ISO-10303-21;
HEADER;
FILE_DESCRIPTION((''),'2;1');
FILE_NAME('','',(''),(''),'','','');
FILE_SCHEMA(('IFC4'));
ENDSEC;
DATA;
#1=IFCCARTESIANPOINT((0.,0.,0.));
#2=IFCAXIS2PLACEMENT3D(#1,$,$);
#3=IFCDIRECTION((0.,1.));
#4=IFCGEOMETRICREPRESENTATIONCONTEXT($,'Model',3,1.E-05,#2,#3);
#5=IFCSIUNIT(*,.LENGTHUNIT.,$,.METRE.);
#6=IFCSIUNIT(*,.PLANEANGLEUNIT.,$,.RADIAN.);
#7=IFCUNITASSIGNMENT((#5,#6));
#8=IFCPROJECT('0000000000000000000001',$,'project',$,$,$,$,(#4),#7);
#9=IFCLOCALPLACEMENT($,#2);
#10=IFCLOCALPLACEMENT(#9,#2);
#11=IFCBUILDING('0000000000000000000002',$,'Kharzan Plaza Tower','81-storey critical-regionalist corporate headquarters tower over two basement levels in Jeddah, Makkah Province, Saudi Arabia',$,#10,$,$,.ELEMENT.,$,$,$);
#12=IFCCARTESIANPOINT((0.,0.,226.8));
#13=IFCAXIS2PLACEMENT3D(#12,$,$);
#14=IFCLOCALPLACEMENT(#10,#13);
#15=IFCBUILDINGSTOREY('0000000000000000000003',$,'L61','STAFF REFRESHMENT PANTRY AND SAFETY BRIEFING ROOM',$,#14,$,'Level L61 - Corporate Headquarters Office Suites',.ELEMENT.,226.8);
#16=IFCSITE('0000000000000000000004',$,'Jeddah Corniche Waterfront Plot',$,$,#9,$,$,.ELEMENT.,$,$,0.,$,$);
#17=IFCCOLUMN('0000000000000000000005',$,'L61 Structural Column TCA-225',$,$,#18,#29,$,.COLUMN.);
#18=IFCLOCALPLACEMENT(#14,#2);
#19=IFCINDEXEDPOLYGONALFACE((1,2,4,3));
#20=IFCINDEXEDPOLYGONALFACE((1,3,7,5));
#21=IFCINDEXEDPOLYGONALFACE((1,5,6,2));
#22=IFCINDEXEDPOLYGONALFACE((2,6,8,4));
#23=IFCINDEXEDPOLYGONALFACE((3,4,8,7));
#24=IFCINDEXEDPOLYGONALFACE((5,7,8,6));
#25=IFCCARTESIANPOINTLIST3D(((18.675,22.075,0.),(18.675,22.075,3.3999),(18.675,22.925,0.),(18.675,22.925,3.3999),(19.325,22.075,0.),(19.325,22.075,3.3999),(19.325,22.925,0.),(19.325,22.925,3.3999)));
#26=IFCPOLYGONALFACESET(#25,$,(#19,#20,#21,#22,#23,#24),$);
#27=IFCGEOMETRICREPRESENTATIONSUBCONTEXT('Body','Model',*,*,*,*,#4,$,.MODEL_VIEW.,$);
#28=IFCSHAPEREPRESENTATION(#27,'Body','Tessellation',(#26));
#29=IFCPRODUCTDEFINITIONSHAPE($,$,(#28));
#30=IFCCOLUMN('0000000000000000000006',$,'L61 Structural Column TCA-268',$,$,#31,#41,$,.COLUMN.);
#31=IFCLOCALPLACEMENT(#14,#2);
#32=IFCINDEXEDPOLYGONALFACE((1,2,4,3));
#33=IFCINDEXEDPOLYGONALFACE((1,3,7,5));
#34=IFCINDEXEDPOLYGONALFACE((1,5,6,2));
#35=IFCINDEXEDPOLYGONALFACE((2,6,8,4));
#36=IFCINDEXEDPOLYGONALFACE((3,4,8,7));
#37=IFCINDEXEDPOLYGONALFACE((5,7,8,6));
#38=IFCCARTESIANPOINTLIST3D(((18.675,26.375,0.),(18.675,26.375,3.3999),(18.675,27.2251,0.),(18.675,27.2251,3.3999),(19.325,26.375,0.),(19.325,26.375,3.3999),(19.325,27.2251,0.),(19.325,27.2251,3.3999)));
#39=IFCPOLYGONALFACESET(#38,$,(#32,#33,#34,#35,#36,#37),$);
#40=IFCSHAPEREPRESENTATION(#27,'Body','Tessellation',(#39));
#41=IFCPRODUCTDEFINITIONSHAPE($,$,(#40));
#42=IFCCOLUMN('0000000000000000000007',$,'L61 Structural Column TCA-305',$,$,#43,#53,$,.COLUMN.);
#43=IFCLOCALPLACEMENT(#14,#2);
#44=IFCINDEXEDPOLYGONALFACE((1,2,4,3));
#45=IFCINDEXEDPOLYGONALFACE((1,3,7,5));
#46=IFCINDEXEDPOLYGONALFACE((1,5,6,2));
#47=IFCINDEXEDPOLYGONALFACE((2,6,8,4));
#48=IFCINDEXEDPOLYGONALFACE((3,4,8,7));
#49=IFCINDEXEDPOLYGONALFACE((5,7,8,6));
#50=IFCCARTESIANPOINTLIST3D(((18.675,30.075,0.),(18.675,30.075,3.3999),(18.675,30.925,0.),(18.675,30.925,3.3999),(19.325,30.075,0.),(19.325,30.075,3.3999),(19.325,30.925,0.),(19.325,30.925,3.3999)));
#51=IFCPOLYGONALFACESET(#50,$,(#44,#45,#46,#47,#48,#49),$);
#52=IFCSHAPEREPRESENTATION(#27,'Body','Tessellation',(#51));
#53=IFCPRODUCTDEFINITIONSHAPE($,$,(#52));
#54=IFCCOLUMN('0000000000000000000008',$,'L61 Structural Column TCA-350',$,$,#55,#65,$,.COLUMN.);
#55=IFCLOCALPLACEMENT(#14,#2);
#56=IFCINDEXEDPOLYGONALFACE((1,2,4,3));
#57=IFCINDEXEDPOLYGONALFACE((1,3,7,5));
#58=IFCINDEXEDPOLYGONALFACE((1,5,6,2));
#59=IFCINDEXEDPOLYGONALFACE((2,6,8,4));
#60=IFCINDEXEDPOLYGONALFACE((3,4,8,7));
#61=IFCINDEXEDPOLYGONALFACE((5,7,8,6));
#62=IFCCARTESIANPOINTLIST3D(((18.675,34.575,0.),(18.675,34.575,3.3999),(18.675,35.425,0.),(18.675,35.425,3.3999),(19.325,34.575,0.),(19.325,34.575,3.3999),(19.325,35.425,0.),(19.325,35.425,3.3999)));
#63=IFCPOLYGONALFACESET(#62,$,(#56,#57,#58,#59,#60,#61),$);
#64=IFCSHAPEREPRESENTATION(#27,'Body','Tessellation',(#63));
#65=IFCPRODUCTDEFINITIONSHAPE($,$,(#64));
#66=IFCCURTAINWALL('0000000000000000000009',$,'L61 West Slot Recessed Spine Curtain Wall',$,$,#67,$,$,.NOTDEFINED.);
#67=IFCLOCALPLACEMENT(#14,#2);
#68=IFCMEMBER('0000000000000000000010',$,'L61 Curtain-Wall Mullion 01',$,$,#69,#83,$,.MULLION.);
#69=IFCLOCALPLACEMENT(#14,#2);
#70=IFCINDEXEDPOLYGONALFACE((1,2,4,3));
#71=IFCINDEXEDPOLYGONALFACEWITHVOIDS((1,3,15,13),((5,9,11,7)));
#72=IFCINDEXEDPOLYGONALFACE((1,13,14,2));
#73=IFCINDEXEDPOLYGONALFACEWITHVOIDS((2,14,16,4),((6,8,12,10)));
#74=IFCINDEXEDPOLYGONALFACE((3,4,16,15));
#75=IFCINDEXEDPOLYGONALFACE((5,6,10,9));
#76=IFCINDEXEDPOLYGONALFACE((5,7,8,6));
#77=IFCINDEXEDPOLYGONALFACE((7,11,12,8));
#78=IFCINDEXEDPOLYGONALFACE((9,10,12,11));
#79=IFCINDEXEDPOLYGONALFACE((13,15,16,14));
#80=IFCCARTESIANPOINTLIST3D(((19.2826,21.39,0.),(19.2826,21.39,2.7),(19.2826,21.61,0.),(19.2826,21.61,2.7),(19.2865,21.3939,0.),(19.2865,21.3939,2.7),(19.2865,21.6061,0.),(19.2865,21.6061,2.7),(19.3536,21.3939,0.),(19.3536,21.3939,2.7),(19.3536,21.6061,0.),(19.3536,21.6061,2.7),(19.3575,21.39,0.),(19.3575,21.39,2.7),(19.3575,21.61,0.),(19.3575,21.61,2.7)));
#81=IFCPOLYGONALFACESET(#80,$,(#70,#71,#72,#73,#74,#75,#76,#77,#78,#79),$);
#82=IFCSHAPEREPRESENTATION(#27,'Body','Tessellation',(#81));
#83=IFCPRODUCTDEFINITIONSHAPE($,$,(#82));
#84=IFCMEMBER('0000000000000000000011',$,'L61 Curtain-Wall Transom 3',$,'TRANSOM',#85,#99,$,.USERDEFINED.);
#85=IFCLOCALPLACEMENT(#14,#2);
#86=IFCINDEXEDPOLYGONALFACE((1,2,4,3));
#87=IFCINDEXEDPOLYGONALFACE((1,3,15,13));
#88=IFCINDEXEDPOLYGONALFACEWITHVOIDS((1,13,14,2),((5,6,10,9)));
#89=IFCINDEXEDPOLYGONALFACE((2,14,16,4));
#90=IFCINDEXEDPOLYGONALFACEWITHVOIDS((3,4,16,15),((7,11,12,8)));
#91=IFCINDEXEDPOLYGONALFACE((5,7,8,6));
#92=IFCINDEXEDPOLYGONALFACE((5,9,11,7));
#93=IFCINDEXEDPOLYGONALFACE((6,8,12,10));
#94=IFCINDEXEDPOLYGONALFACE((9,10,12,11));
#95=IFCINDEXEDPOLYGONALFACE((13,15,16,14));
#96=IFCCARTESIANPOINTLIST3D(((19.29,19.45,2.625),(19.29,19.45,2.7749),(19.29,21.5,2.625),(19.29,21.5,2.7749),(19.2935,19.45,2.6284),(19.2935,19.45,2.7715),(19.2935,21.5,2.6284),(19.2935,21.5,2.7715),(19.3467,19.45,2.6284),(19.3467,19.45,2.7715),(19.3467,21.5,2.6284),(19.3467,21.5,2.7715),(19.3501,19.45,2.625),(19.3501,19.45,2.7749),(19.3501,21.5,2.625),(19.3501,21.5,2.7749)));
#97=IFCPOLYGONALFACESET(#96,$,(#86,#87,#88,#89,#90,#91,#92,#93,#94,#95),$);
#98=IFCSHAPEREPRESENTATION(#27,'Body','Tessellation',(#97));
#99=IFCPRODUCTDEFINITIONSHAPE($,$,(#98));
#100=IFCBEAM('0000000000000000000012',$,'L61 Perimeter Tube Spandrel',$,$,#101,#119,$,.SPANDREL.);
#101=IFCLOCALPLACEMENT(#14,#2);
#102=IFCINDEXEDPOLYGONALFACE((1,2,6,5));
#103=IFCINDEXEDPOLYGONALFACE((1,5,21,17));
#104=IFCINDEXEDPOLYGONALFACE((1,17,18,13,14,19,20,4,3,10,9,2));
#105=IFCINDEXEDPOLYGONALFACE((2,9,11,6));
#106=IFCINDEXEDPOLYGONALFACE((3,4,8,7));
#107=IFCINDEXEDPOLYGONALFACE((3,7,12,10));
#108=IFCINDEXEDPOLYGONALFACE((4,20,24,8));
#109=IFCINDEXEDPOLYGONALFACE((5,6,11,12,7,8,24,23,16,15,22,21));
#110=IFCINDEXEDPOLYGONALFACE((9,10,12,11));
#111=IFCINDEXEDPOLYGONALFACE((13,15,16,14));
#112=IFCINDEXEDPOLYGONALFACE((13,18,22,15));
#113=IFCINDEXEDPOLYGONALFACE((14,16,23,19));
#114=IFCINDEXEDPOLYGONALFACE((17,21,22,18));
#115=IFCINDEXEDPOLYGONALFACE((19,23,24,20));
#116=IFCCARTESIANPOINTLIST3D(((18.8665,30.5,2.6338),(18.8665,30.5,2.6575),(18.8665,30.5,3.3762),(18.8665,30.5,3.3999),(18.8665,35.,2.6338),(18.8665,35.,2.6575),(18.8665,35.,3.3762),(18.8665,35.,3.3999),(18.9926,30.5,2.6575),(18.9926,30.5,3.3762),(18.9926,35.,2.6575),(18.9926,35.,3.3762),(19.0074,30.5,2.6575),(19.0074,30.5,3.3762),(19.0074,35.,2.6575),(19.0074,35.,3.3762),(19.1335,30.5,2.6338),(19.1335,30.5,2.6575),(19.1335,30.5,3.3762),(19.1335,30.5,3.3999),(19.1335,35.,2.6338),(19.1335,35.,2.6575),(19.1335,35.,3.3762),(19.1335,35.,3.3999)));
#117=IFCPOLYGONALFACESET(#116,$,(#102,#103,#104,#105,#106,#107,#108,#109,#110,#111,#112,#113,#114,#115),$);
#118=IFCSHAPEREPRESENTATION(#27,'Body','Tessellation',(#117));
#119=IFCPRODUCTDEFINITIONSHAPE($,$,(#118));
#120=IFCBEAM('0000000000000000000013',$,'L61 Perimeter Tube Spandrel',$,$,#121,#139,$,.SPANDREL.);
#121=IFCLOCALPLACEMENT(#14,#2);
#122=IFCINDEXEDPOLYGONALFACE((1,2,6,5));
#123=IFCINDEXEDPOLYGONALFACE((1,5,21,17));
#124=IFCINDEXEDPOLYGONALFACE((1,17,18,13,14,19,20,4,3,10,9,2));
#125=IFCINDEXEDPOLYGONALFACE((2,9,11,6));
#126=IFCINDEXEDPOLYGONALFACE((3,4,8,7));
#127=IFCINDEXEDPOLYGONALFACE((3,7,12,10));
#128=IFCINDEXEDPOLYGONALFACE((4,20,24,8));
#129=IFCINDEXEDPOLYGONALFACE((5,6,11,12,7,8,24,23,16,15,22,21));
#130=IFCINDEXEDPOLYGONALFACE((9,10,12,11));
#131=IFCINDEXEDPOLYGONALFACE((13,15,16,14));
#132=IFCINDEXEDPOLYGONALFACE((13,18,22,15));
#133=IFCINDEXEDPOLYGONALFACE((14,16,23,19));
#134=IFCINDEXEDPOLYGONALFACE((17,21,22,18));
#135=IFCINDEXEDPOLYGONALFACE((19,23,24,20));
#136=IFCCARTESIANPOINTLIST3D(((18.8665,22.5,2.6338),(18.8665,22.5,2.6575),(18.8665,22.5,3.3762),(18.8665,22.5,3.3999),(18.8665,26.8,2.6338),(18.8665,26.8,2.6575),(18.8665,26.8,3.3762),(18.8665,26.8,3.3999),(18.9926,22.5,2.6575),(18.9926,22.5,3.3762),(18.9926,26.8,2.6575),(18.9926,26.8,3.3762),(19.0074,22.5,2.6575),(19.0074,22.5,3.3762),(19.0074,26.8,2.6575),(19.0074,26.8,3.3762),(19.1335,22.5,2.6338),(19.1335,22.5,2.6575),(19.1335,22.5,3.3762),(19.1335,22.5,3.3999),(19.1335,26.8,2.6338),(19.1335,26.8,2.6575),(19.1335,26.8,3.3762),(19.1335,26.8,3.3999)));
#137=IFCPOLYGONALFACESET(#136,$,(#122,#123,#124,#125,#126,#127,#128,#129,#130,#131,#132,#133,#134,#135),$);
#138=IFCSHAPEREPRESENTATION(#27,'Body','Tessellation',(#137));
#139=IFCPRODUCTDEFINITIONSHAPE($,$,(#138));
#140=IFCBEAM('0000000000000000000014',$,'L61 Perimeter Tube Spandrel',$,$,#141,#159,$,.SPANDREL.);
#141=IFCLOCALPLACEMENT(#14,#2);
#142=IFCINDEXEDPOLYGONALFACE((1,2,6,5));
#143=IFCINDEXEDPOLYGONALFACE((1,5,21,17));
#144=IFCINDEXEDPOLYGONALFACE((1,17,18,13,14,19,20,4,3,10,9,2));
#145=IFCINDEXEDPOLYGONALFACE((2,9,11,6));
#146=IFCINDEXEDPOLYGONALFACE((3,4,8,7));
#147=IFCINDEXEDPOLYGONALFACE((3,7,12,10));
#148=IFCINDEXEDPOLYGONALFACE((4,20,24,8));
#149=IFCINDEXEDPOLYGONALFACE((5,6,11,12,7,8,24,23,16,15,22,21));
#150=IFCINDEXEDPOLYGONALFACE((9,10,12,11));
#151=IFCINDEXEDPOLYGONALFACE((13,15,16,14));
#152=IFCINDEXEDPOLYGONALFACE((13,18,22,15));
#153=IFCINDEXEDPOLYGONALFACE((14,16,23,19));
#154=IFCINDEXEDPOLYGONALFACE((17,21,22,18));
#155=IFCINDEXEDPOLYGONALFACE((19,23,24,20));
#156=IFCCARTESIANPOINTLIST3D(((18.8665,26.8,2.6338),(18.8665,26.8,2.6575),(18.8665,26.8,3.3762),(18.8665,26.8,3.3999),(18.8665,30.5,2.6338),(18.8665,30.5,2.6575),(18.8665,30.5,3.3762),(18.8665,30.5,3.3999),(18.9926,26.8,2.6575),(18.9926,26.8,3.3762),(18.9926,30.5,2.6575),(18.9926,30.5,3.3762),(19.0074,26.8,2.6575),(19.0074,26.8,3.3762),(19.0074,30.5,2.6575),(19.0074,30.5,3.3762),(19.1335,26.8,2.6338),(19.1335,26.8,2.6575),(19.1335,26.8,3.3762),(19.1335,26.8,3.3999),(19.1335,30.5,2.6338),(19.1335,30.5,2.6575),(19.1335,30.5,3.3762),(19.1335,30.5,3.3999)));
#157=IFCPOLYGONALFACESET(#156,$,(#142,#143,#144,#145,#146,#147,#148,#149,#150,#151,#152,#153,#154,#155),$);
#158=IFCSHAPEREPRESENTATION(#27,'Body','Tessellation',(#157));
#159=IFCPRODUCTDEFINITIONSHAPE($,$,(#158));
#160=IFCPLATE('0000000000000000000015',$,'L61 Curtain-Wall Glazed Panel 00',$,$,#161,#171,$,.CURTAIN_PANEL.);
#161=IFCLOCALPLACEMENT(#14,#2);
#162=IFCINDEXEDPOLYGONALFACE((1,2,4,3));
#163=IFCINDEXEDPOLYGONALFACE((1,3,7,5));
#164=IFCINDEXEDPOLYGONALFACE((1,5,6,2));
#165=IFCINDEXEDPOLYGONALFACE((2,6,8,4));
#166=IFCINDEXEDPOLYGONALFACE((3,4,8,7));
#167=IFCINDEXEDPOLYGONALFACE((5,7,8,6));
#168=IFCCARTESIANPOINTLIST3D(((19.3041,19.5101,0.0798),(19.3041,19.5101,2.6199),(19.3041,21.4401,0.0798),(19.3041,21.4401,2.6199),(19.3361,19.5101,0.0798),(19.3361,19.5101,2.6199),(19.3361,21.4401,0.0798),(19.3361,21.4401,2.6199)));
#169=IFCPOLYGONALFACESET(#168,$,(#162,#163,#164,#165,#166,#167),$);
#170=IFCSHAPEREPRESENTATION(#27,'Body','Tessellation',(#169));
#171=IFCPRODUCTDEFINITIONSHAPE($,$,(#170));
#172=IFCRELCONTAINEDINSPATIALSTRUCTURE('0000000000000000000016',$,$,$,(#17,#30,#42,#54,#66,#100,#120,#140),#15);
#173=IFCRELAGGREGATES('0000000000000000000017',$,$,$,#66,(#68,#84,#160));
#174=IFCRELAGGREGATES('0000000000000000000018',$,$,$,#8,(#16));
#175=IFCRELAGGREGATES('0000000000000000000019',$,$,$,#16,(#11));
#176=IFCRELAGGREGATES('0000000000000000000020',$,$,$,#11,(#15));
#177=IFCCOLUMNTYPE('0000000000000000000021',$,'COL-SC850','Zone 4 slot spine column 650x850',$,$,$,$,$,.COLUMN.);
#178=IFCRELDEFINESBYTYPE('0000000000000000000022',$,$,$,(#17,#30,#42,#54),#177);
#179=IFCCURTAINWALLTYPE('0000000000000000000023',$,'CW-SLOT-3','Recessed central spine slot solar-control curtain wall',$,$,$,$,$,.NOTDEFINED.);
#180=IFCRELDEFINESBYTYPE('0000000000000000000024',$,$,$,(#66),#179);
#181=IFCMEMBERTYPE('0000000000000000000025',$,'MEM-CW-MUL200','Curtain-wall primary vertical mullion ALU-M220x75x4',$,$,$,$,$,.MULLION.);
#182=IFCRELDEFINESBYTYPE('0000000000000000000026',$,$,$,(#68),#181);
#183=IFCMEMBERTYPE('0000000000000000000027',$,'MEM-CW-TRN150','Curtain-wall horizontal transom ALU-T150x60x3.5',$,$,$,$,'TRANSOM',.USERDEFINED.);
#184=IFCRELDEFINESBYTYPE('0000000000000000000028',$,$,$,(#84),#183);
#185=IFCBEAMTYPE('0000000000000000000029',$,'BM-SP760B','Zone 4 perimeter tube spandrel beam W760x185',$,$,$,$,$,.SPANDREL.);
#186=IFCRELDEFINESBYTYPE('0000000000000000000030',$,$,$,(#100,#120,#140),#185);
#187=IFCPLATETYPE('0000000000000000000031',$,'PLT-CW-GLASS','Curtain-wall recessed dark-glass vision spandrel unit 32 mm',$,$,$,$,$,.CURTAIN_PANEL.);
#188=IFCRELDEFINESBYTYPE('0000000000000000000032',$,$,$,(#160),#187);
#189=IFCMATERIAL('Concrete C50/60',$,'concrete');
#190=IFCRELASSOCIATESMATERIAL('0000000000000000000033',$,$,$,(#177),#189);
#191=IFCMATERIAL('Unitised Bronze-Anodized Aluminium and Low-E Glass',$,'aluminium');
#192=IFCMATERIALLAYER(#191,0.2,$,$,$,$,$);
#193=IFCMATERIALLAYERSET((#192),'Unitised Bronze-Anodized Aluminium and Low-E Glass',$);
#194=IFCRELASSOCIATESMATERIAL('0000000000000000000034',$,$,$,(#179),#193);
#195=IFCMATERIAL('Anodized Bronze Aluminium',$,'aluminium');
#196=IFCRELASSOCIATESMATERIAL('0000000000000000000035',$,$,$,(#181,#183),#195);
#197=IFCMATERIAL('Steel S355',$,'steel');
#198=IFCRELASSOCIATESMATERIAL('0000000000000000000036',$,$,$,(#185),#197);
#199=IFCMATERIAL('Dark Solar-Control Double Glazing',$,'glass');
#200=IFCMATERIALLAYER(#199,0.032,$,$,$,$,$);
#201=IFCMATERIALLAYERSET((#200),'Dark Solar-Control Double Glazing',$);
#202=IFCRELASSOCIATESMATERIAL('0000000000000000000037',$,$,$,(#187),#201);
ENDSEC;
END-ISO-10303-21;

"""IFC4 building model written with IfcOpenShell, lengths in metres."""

from ifc_helpers import new_model, si_unit, direction, frame, origin, origin_2d, place, context, subcontext, project, spatial, rectangle, hollow_rectangle, i_section, extrude, source, transform, mapped, material, layer, layer_set, material_profile, profile_set, type_object, element, aggregate, save


model = new_model("IFC4")

# Units and contexts
model_context = context("Model", 3, precision=1e-05, world=origin(), true_north=direction((0.0, 1.0)))
body_context = subcontext(model_context, "Body", "Model", "MODEL_VIEW")
ifc_project = project(units=[si_unit("LENGTHUNIT", "METRE"), si_unit("PLANEANGLEUNIT", "RADIAN")], contexts=[model_context])

# Site, building, storey
site_placement = place(None, origin())
site = spatial("IfcSite", under=ifc_project, at=site_placement, Name="Jeddah Corniche Waterfront Plot", CompositionType="ELEMENT", RefElevation=0.0)
building_placement = place(site_placement, origin())
building = spatial("IfcBuilding", under=site, at=building_placement, Name="Kharzan Plaza Tower", Description="81-storey critical-regionalist corporate headquarters tower over two basement levels in Jeddah, Makkah Province, Saudi Arabia", CompositionType="ELEMENT")
storey_placement = place(building_placement, frame((0.0, 0.0, 226.8)))
storey = spatial("IfcBuildingStorey", under=building, at=storey_placement, Name="L61", Description="STAFF REFRESHMENT PANTRY AND SAFETY BRIEFING ROOM", LongName="Level L61 - Corporate Headquarters Office Suites", CompositionType="ELEMENT", Elevation=226.8)

# Columns
ifc_material_1 = material(Name="Concrete C50/60", Category="concrete")
ifc_material_profile_1 = material_profile(ifc_material_1, rectangle(XDim=0.6499, YDim=0.8501, at=origin_2d()), Name="RC-SC850x650")
ifc_profile_set_1 = profile_set([ifc_material_profile_1], Name="Concrete C50/60")
column_type = type_object("IfcColumnType", Name="COL-SC850", Description="Zone 4 slot spine column 650x850", PredefinedType="COLUMN", material=ifc_profile_set_1)
shared_shape_1 = source(origin(), body_context, "Body", "SweptSolid", [
    extrude(rectangle(XDim=0.6499, YDim=0.8501, at=origin_2d()), origin(), (0.0, 0.0, 1.0), 3.3999),
])
for number, where, z_axis, x_axis, name in (
    (1, (19.0, 22.5, 0.0), (0.0, 0.0, 1.0), (1.0, 0.0, 0.0), "L61 Structural Column TCA-225"),
    (2, (19.0, 26.8, 0.0), (0.0, 0.0, 1.0), (1.0, 0.0, 0.0), "L61 Structural Column TCA-268"),
    (3, (19.0, 30.5, 0.0), (0.0, 0.0, 1.0), (1.0, 0.0, 0.0), "L61 Structural Column TCA-305"),
    (4, (19.0, 35.0, 0.0), (0.0, 0.0, 1.0), (1.0, 0.0, 0.0), "L61 Structural Column TCA-350"),
):
    element("IfcColumn", number, at=place(storey_placement, frame(where, z_axis=z_axis, x_axis=x_axis)), inside=storey, type_object=column_type, Name=name, PredefinedType="COLUMN", context=body_context, shape_type="MappedRepresentation", body=[
        mapped(shared_shape_1, transform((0.0, 0.0, 0.0), x_axis=(1.0, 0.0, 0.0), y_axis=(0.0, 1.0, 0.0), z_axis=(0.0, 0.0, 1.0))),
    ])

# Curtain wall, members
ifc_material_2 = material(Name="Unitised Bronze-Anodized Aluminium and Low-E Glass", Category="aluminium")
ifc_layer_1 = layer(ifc_material_2, 0.2)
ifc_layer_set_1 = layer_set([ifc_layer_1], Name="Unitised Bronze-Anodized Aluminium and Low-E Glass")
curtain_wall_type = type_object("IfcCurtainWallType", Name="CW-SLOT-3", Description="Recessed central spine slot solar-control curtain wall", PredefinedType="NOTDEFINED", material=ifc_layer_set_1)
curtain_wall_placement = place(storey_placement, origin())
curtain_wall = element("IfcCurtainWall", 5, at=curtain_wall_placement, inside=storey, type_object=curtain_wall_type, Name="L61 West Slot Recessed Spine Curtain Wall", PredefinedType="NOTDEFINED")
ifc_material_3 = material(Name="Anodized Bronze Aluminium", Category="aluminium")
ifc_material_profile_2 = material_profile(ifc_material_3, hollow_rectangle(XDim=0.075, YDim=0.22, WallThickness=0.0039, at=origin_2d()), Name="ALU-M220x75x4")
ifc_profile_set_2 = profile_set([ifc_material_profile_2], Name="Anodized Bronze Aluminium")
member_type_1 = type_object("IfcMemberType", Name="MEM-CW-MUL200", Description="Curtain-wall primary vertical mullion ALU-M220x75x4", PredefinedType="MULLION", material=ifc_profile_set_2)
shared_shape_2 = source(origin(), body_context, "Body", "SweptSolid", [
    extrude(hollow_rectangle(XDim=0.075, YDim=0.22, WallThickness=0.0039, at=origin_2d()), origin(), (0.0, 0.0, 1.0), 2.7),
])
member_1_placement = place(storey_placement, frame((19.3201, 21.5, 0.0), z_axis=(0.0, 0.0, 1.0), x_axis=(1.0, 0.0, 0.0)))
member_1 = element("IfcMember", 6, at=member_1_placement, type_object=member_type_1, Name="L61 Curtain-Wall Mullion 01", PredefinedType="MULLION", context=body_context, shape_type="MappedRepresentation", body=[
    mapped(shared_shape_2, transform((0.0, 0.0, 0.0), x_axis=(1.0, 0.0, 0.0), y_axis=(0.0, 1.0, 0.0), z_axis=(0.0, 0.0, 1.0))),
])
ifc_material_profile_3 = material_profile(ifc_material_3, hollow_rectangle(XDim=0.0601, YDim=0.1499, WallThickness=0.0034, at=origin_2d()), Name="ALU-T150x60x3.5")
ifc_profile_set_3 = profile_set([ifc_material_profile_3], Name="Anodized Bronze Aluminium")
member_type_2 = type_object("IfcMemberType", Name="MEM-CW-TRN150", Description="Curtain-wall horizontal transom ALU-T150x60x3.5", ElementType="TRANSOM", PredefinedType="USERDEFINED", material=ifc_profile_set_3)
shared_shape_3 = source(origin(), body_context, "Body", "SweptSolid", [
    extrude(hollow_rectangle(XDim=0.0601, YDim=0.1499, WallThickness=0.0034, at=origin_2d()), origin(), (0.0, 0.0, 1.0), 2.05),
])
member_2_placement = place(storey_placement, frame((19.3201, 19.45, 2.7), z_axis=(0.0, 1.0, 0.0), x_axis=(-1.0, 0.0, 0.0)))
member_2 = element("IfcMember", 7, at=member_2_placement, type_object=member_type_2, Name="L61 Curtain-Wall Transom 3", ObjectType="TRANSOM", PredefinedType="USERDEFINED", context=body_context, shape_type="MappedRepresentation", body=[
    mapped(shared_shape_3, transform((0.0, 0.0, 0.0), x_axis=(1.0, 0.0, 0.0), y_axis=(0.0, 1.0, 0.0), z_axis=(0.0, 0.0, 1.0))),
])

# Beams
ifc_material_4 = material(Name="Steel S355", Category="steel")
ifc_material_profile_4 = material_profile(ifc_material_4, i_section(OverallWidth=0.2671, OverallDepth=0.7661, WebThickness=0.0149, FlangeThickness=0.0237, at=origin_2d()), Name="W760x185")
ifc_profile_set_4 = profile_set([ifc_material_profile_4], Name="Steel S355")
beam_type = type_object("IfcBeamType", Name="BM-SP760B", Description="Zone 4 perimeter tube spandrel beam W760x185", PredefinedType="SPANDREL", material=ifc_profile_set_4)
shared_shape_4 = source(origin(), body_context, "Body", "SweptSolid", [
    extrude(i_section(OverallWidth=0.2671, OverallDepth=0.7661, WebThickness=0.0149, FlangeThickness=0.0237, at=origin_2d()), origin(), (0.0, 0.0, 1.0), 4.5),
])
beam_1_placement = place(storey_placement, frame((19.0, 30.5, 3.0168), z_axis=(0.0, 1.0, 0.0), x_axis=(-1.0, 0.0, 0.0)))
element("IfcBeam", 8, at=beam_1_placement, inside=storey, type_object=beam_type, Name="L61 Perimeter Tube Spandrel", PredefinedType="SPANDREL", context=body_context, shape_type="MappedRepresentation", body=[
    mapped(shared_shape_4, transform((0.0, 0.0, 0.0), x_axis=(1.0, 0.0, 0.0), y_axis=(0.0, 1.0, 0.0), z_axis=(0.0, 0.0, 1.0))),
])
shared_shape_5 = source(origin(), body_context, "Body", "SweptSolid", [
    extrude(i_section(OverallWidth=0.2671, OverallDepth=0.7661, WebThickness=0.0149, FlangeThickness=0.0237, at=origin_2d()), origin(), (0.0, 0.0, 1.0), 4.3),
])
beam_2_placement = place(storey_placement, frame((19.0, 22.5, 3.0168), z_axis=(0.0, 1.0, 0.0), x_axis=(-1.0, 0.0, 0.0)))
element("IfcBeam", 9, at=beam_2_placement, inside=storey, type_object=beam_type, Name="L61 Perimeter Tube Spandrel", PredefinedType="SPANDREL", context=body_context, shape_type="MappedRepresentation", body=[
    mapped(shared_shape_5, transform((0.0, 0.0, 0.0), x_axis=(1.0, 0.0, 0.0), y_axis=(0.0, 1.0, 0.0), z_axis=(0.0, 0.0, 1.0))),
])
shared_shape_6 = source(origin(), body_context, "Body", "SweptSolid", [
    extrude(i_section(OverallWidth=0.2671, OverallDepth=0.7661, WebThickness=0.0149, FlangeThickness=0.0237, at=origin_2d()), origin(), (0.0, 0.0, 1.0), 3.7),
])
beam_3_placement = place(storey_placement, frame((19.0, 26.8, 3.0168), z_axis=(0.0, 1.0, 0.0), x_axis=(-1.0, 0.0, 0.0)))
element("IfcBeam", 10, at=beam_3_placement, inside=storey, type_object=beam_type, Name="L61 Perimeter Tube Spandrel", PredefinedType="SPANDREL", context=body_context, shape_type="MappedRepresentation", body=[
    mapped(shared_shape_6, transform((0.0, 0.0, 0.0), x_axis=(1.0, 0.0, 0.0), y_axis=(0.0, 1.0, 0.0), z_axis=(0.0, 0.0, 1.0))),
])

# Plate
ifc_material_5 = material(Name="Dark Solar-Control Double Glazing", Category="glass")
ifc_layer_2 = layer(ifc_material_5, 0.032)
ifc_layer_set_2 = layer_set([ifc_layer_2], Name="Dark Solar-Control Double Glazing")
plate_type = type_object("IfcPlateType", Name="PLT-CW-GLASS", Description="Curtain-wall recessed dark-glass vision spandrel unit 32 mm", PredefinedType="CURTAIN_PANEL", material=ifc_layer_set_2)
shared_shape_7 = source(origin(), body_context, "Body", "SweptSolid", [
    extrude(rectangle(XDim=1.9299, YDim=0.032, at=origin_2d()), origin(), (0.0, 0.0, 1.0), 2.54),
])
plate_placement = place(storey_placement, frame((19.3201, 20.4751, 0.0798), z_axis=(0.0, 0.0, 1.0), x_axis=(0.0, 1.0, 0.0)))
plate = element("IfcPlate", 11, at=plate_placement, type_object=plate_type, Name="L61 Curtain-Wall Glazed Panel 00", PredefinedType="CURTAIN_PANEL", context=body_context, shape_type="MappedRepresentation", body=[
    mapped(shared_shape_7, transform((0.0, 0.0, 0.0), x_axis=(1.0, 0.0, 0.0), y_axis=(0.0, 1.0, 0.0), z_axis=(0.0, 0.0, 1.0))),
])
aggregate(curtain_wall, [member_1, member_2, plate])

save(model, "model.ifc")
